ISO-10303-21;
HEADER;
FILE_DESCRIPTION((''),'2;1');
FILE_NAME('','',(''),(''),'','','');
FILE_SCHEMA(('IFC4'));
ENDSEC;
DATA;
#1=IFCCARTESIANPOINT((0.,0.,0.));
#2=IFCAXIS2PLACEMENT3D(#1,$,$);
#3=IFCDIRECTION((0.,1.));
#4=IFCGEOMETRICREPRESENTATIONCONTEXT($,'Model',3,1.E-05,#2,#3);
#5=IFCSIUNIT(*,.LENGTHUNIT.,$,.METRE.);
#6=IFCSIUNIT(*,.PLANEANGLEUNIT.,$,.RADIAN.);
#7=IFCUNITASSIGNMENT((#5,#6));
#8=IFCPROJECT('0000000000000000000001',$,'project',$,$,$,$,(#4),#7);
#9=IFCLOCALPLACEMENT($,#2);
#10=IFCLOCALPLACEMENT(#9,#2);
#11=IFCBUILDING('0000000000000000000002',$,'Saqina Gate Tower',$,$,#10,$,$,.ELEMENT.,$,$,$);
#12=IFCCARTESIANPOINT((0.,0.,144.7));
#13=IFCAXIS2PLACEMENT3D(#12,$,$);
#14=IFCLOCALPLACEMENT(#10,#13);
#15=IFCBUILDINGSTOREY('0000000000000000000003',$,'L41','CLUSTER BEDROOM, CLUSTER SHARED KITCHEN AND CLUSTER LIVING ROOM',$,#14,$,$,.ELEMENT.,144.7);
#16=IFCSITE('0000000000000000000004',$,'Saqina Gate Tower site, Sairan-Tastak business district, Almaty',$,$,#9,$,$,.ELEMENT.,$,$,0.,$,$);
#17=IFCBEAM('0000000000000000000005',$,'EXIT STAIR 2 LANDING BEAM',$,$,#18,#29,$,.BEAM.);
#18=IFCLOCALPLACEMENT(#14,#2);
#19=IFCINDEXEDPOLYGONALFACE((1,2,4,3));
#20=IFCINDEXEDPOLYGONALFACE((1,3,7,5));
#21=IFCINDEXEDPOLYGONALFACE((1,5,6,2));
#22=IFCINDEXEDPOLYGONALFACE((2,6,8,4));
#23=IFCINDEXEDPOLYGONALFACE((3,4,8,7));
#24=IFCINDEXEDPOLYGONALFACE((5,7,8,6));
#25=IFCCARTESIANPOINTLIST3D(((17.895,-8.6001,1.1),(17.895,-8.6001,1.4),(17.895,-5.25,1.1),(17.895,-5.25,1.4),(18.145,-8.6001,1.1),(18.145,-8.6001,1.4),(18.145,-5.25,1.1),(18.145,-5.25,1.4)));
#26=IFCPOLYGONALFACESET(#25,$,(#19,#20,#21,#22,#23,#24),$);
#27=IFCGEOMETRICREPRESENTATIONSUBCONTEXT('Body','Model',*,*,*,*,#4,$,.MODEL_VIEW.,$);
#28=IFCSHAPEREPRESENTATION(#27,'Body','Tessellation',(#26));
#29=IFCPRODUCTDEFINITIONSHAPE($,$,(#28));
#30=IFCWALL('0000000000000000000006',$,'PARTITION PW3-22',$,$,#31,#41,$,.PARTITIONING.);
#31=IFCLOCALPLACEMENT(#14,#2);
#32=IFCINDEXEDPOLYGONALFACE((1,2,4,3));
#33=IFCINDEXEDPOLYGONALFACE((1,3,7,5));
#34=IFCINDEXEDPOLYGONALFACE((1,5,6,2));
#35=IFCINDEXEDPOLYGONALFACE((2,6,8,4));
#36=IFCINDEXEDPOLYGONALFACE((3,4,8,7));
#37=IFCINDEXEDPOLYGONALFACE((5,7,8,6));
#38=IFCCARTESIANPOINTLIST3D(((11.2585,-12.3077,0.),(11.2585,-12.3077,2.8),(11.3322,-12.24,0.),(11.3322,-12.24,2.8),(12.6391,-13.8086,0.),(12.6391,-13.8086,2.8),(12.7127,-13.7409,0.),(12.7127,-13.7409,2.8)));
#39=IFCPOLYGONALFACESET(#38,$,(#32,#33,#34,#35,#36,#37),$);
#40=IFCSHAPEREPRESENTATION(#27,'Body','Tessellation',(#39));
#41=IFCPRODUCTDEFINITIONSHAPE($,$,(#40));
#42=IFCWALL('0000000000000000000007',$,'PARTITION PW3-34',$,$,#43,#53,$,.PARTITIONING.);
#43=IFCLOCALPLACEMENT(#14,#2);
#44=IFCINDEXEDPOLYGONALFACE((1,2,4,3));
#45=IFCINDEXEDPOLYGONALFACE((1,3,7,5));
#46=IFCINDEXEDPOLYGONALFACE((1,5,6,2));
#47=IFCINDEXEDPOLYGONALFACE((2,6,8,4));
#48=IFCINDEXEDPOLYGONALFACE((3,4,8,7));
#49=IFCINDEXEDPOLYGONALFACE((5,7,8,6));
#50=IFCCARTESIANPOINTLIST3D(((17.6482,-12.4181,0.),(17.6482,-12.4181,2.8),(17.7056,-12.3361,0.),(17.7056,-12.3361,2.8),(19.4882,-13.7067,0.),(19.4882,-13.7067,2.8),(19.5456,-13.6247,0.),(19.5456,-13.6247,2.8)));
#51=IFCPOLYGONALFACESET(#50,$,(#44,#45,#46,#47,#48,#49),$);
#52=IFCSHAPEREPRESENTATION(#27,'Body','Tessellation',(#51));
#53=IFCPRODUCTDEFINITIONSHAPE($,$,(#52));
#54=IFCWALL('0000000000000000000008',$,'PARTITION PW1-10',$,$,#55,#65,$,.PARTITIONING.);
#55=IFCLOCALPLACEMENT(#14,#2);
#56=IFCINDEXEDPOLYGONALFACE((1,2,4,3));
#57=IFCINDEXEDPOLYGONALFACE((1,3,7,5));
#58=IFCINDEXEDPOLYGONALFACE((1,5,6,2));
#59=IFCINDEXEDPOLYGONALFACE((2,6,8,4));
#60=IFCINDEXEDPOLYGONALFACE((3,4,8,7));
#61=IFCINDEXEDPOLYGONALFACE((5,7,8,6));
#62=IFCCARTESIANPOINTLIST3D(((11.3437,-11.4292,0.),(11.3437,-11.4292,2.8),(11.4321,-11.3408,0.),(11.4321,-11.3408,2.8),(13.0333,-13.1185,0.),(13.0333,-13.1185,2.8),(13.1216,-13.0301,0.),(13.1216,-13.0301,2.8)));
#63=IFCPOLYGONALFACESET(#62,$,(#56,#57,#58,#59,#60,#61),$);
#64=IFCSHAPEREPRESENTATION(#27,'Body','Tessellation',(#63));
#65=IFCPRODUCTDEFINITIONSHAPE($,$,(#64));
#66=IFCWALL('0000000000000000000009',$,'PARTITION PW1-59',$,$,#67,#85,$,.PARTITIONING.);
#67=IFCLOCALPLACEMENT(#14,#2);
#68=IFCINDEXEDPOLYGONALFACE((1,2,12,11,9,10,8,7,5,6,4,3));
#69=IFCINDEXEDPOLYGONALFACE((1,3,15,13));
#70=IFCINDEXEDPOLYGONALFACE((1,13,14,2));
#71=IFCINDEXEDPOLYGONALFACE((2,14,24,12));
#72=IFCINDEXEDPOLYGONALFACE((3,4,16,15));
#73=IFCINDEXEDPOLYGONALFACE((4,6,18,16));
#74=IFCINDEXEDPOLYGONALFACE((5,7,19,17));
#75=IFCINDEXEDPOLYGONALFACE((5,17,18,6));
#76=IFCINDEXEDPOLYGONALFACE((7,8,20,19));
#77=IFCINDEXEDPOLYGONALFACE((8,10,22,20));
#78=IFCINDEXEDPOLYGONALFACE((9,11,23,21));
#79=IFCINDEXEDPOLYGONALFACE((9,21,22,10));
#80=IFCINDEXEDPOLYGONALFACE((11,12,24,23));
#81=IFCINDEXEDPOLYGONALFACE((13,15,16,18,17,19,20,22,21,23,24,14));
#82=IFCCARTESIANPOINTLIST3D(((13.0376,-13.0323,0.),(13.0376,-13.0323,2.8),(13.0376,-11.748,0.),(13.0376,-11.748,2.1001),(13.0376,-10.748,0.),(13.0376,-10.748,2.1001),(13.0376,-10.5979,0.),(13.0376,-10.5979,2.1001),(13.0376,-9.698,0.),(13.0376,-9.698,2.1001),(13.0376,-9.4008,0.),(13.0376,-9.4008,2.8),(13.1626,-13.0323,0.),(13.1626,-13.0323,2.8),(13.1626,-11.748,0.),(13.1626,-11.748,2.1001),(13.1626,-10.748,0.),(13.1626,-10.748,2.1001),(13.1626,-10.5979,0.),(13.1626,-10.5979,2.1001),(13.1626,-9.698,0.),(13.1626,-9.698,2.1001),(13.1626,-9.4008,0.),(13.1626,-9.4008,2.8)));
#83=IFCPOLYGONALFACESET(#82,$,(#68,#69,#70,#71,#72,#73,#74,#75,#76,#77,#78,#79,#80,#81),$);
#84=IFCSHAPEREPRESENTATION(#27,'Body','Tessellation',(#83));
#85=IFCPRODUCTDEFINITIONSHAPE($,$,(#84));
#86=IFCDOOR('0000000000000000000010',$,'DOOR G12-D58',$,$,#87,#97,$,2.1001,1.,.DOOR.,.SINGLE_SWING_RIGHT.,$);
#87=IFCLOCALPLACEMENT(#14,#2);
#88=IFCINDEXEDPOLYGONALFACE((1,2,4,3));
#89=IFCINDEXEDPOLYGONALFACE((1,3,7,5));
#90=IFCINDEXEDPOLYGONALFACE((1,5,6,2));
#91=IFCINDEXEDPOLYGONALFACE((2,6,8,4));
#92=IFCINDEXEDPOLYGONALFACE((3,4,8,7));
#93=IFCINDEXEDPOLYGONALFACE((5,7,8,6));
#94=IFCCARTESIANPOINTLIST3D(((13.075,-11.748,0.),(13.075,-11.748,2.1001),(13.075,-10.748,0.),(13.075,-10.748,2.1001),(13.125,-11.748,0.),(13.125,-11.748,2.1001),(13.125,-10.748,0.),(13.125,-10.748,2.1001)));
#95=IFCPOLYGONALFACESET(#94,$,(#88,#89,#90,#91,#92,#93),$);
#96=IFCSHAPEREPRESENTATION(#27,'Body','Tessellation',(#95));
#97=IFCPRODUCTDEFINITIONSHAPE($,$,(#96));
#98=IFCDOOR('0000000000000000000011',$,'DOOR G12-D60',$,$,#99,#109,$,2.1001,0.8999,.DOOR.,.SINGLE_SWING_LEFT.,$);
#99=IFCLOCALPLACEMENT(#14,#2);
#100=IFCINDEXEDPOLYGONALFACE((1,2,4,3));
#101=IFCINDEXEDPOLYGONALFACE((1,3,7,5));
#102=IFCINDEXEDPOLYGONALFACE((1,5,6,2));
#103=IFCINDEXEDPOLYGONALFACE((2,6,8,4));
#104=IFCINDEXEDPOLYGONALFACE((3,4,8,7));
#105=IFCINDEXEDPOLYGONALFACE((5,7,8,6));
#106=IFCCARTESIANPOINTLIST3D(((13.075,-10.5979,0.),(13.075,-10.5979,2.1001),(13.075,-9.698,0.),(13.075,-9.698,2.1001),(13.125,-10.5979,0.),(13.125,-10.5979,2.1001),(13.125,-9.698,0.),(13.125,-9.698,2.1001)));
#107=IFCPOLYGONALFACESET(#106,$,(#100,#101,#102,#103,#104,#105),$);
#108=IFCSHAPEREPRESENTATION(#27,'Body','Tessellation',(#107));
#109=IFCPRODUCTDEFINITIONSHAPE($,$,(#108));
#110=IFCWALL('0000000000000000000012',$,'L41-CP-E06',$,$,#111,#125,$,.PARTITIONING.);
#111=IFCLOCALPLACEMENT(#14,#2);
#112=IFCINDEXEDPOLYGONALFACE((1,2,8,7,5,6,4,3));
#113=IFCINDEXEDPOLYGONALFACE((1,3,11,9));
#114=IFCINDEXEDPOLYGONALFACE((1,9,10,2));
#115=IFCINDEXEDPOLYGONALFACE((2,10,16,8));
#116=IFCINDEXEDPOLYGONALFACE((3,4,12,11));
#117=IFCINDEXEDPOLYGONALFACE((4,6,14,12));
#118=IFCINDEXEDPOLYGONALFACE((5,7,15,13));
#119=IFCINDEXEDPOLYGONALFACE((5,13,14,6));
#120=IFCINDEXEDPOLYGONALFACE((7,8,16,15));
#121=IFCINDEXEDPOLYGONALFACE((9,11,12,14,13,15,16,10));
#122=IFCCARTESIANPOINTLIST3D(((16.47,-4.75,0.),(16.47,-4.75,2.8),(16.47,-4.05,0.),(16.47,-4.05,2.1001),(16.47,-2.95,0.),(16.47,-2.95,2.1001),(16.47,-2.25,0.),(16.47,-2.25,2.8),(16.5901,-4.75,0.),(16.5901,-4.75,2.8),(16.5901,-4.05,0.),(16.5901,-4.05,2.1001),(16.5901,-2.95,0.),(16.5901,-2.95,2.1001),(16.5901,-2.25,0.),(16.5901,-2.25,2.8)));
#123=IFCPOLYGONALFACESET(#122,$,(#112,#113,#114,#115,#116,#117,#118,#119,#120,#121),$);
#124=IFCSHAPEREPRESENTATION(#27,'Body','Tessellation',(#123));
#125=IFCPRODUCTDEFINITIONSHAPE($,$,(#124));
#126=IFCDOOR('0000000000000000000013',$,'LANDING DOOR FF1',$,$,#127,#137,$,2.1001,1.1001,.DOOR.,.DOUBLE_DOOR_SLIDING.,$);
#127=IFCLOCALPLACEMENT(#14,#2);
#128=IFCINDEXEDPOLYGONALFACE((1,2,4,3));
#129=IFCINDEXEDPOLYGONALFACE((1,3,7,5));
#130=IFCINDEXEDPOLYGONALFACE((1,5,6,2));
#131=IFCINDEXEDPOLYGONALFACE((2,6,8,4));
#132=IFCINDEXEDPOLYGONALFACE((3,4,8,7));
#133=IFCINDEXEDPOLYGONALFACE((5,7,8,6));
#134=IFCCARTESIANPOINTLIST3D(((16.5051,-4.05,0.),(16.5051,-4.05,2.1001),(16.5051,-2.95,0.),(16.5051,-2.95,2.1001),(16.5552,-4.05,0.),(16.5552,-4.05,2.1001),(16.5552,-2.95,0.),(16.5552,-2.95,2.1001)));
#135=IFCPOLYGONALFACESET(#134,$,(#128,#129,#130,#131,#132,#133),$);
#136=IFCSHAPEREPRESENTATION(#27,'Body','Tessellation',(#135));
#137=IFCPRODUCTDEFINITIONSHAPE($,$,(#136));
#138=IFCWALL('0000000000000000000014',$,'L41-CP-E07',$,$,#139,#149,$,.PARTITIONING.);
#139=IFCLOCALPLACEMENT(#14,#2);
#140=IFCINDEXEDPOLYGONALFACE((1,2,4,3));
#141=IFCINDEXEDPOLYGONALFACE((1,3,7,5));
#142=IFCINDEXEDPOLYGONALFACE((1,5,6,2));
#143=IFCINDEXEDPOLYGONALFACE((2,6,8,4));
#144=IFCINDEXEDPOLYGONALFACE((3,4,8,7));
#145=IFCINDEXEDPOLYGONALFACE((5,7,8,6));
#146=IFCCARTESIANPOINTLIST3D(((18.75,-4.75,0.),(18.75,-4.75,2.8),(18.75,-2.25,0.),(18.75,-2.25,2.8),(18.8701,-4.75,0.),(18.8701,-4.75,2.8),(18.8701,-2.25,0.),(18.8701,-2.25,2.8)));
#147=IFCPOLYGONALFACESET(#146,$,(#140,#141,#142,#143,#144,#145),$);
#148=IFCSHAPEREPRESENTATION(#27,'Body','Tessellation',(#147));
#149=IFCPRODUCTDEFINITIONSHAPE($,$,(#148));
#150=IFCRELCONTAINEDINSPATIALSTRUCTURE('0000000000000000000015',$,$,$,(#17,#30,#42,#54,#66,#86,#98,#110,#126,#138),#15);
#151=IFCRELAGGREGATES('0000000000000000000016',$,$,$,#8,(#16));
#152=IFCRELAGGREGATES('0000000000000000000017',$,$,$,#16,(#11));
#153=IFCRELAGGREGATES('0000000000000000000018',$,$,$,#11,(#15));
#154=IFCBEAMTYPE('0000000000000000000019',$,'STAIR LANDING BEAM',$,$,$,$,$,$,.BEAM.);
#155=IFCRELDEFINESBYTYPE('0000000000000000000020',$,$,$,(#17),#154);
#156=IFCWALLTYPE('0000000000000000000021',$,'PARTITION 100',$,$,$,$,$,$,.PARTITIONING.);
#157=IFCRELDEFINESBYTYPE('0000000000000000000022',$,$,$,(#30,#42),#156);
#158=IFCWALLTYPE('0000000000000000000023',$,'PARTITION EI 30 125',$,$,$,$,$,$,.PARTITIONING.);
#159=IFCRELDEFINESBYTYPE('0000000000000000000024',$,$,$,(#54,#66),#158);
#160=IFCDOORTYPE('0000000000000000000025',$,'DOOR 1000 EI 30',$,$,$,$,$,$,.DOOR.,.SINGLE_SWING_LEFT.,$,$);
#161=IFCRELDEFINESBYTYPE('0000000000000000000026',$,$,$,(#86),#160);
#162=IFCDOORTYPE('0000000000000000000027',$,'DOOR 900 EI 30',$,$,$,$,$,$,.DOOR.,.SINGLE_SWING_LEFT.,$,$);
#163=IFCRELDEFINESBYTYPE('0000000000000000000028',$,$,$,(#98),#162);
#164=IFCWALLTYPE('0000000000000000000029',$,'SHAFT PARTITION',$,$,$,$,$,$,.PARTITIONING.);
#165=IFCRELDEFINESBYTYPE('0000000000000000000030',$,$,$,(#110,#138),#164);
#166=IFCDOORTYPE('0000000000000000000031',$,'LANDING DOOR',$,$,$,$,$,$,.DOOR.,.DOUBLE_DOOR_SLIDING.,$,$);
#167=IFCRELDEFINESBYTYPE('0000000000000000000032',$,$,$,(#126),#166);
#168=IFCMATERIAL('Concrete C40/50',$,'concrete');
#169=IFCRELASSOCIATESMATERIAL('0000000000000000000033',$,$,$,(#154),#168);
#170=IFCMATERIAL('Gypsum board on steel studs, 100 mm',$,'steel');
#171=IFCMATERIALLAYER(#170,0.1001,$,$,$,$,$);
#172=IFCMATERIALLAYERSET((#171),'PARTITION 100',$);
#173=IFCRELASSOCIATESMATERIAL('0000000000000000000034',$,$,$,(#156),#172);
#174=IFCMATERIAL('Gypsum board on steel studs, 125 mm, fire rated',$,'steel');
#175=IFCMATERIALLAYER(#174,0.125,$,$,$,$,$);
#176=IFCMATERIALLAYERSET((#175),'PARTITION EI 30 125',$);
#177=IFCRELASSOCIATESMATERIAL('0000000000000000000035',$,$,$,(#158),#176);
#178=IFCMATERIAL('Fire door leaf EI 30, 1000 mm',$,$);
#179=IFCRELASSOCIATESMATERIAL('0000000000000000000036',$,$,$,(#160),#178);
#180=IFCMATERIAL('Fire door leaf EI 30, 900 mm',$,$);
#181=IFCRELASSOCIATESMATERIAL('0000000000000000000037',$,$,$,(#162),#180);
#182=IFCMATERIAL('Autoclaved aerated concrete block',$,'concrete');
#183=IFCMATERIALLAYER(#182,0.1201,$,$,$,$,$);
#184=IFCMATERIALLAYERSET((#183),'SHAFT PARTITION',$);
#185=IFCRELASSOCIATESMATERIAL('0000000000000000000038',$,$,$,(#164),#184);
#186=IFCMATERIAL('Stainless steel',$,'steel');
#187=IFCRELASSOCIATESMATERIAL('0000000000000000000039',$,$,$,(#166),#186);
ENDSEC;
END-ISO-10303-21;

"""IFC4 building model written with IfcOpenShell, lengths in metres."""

from ifc_helpers import new_model, si_unit, direction, frame, frame_2d, origin, origin_2d, place, context, subcontext, project, spatial, rectangle, extrude, material, layer, layer_set, material_profile, profile_set, type_object, element, fill, save


model = new_model("IFC4")

# Units and contexts
model_context = context("Model", 3, precision=1e-05, world=origin(), true_north=direction((0.0, 1.0)))
body_context = subcontext(model_context, "Body", "Model", "MODEL_VIEW")
ifc_project = project(units=[si_unit("LENGTHUNIT", "METRE"), si_unit("PLANEANGLEUNIT", "RADIAN")], contexts=[model_context])

# Site, building, storey
site_placement = place(None, origin())
site = spatial("IfcSite", under=ifc_project, at=site_placement, Name="Saqina Gate Tower site, Sairan-Tastak business district, Almaty", CompositionType="ELEMENT", RefElevation=0.0)
building_placement = place(site_placement, origin())
building = spatial("IfcBuilding", under=site, at=building_placement, Name="Saqina Gate Tower", CompositionType="ELEMENT")
storey_placement = place(building_placement, frame((0.0, 0.0, 144.7)))
storey = spatial("IfcBuildingStorey", under=building, at=storey_placement, Name="L41", Description="CLUSTER BEDROOM, CLUSTER SHARED KITCHEN AND CLUSTER LIVING ROOM", CompositionType="ELEMENT", Elevation=144.7)

# Beam
ifc_material_1 = material(Name="Concrete C40/50", Category="concrete")
ifc_material_profile = material_profile(ifc_material_1, rectangle(XDim=0.25, YDim=0.3, at=origin_2d()), Name="STAIR LANDING BEAM")
ifc_profile_set = profile_set([ifc_material_profile], Name="Concrete C40/50")
beam_type = type_object("IfcBeamType", Name="STAIR LANDING BEAM", PredefinedType="BEAM", material=ifc_profile_set)
beam_placement = place(storey_placement, frame((18.02, -8.6001, 1.25), z_axis=(0.0, 1.0, 0.0), x_axis=(-1.0, 0.0, 0.0)))
element("IfcBeam", 1, at=beam_placement, inside=storey, type_object=beam_type, Name="EXIT STAIR 2 LANDING BEAM", PredefinedType="BEAM", context=body_context, shape_type="SweptSolid", body=[
    extrude(rectangle(XDim=0.25, YDim=0.3, at=origin_2d()), origin(), (0.0, 0.0, 1.0), 3.3501),
])

# Walls
ifc_material_2 = material(Name="Gypsum board on steel studs, 100 mm", Category="steel")
ifc_layer_1 = layer(ifc_material_2, 0.1001)
ifc_layer_set_1 = layer_set([ifc_layer_1], Name="PARTITION 100")
wall_type_1 = type_object("IfcWallType", Name="PARTITION 100", PredefinedType="PARTITIONING", material=ifc_layer_set_1)
wall_1_placement = place(storey_placement, frame((11.2954, -12.2739, 0.0), z_axis=(0.0, 0.0, 1.0), x_axis=(0.676981, -0.736, 0.0)))
element("IfcWall", 2, at=wall_1_placement, inside=storey, type_object=wall_type_1, Name="PARTITION PW3-22", PredefinedType="PARTITIONING", context=body_context, shape_type="SweptSolid", body=[
    extrude(rectangle(XDim=2.0393, YDim=0.1001, at=frame_2d((1.0195, 0.0))), origin(), (0.0, 0.0, 1.0), 2.8),
])
wall_2_placement = place(storey_placement, frame((17.677, -12.3772, 0.0), z_axis=(0.0, 0.0, 1.0), x_axis=(0.819125, -0.573616, 0.0)))
element("IfcWall", 3, at=wall_2_placement, inside=storey, type_object=wall_type_1, Name="PARTITION PW3-34", PredefinedType="PARTITIONING", context=body_context, shape_type="SweptSolid", body=[
    extrude(rectangle(XDim=2.2463, YDim=0.1001, at=frame_2d((1.123, 0.0))), origin(), (0.0, 0.0, 1.0), 2.8),
])
ifc_material_3 = material(Name="Gypsum board on steel studs, 125 mm, fire rated", Category="steel")
ifc_layer_2 = layer(ifc_material_3, 0.125)
ifc_layer_set_2 = layer_set([ifc_layer_2], Name="PARTITION EI 30 125")
wall_type_2 = type_object("IfcWallType", Name="PARTITION EI 30 125", PredefinedType="PARTITIONING", material=ifc_layer_set_2)
wall_3_placement = place(storey_placement, frame((11.3879, -11.385, 0.0), z_axis=(0.0, 0.0, 1.0), x_axis=(0.707158, -0.707056, 0.0)))
element("IfcWall", 4, at=wall_3_placement, inside=storey, type_object=wall_type_2, Name="PARTITION PW1-10", PredefinedType="PARTITIONING", context=body_context, shape_type="SweptSolid", body=[
    extrude(rectangle(XDim=2.3892, YDim=0.125, at=frame_2d((1.1946, 0.0))), origin(), (0.0, 0.0, 1.0), 2.8),
])

# Wall, openings, doors
wall_4_placement = place(storey_placement, frame((13.1001, -13.0325, 0.0), z_axis=(0.0, 0.0, 1.0), x_axis=(0.0, 1.0, 0.0)))
wall_4 = element("IfcWall", 5, at=wall_4_placement, inside=storey, type_object=wall_type_2, Name="PARTITION PW1-59", PredefinedType="PARTITIONING", context=body_context, shape_type="SweptSolid", body=[
    extrude(rectangle(XDim=3.6316, YDim=0.125, at=frame_2d((1.8159, 0.0))), origin(), (0.0, 0.0, 1.0), 2.8),
])
opening_1_placement = place(wall_4_placement, frame((1.2844, 0.0, 0.0)))
opening_1 = element("IfcOpeningElement", 6, at=opening_1_placement, cuts=wall_4, PredefinedType="OPENING", context=body_context, shape_type="SweptSolid", body=[
    extrude(rectangle(XDim=1.0, YDim=2.1001, at=frame_2d((0.5, 1.05))), frame((0.0, 0.0745, 0.0), z_axis=(0.0, -1.0, 0.0), x_axis=(1.0, 0.0, 0.0)), (0.0, 0.0, 1.0), 0.1489),
])
opening_2_placement = place(wall_4_placement, frame((2.4346, 0.0, 0.0)))
opening_2 = element("IfcOpeningElement", 7, at=opening_2_placement, cuts=wall_4, PredefinedType="OPENING", context=body_context, shape_type="SweptSolid", body=[
    extrude(rectangle(XDim=0.8999, YDim=2.1001, at=frame_2d((0.45, 1.05))), frame((0.0, 0.0745, 0.0), z_axis=(0.0, -1.0, 0.0), x_axis=(1.0, 0.0, 0.0)), (0.0, 0.0, 1.0), 0.1489),
])
ifc_material_4 = material(Name="Fire door leaf EI 30, 1000 mm")
door_type_1 = type_object("IfcDoorType", Name="DOOR 1000 EI 30", OperationType="SINGLE_SWING_LEFT", PredefinedType="DOOR", material=ifc_material_4)
door_1_placement = place(opening_1_placement, frame((1.0, 0.0, 0.0), z_axis=(0.0, 0.0, 1.0), x_axis=(-1.0, 0.0, 0.0)))
door_1 = element("IfcDoor", 8, at=door_1_placement, inside=storey, type_object=door_type_1, Name="DOOR G12-D58", OperationType="SINGLE_SWING_RIGHT", OverallHeight=2.1001, OverallWidth=1.0, PredefinedType="DOOR", context=body_context, shape_type="SweptSolid", body=[
    extrude(rectangle(XDim=1.0, YDim=2.1001, at=frame_2d((0.5, 1.05))), frame((0.0, 0.0249, 0.0), z_axis=(0.0, -1.0, 0.0), x_axis=(1.0, 0.0, 0.0)), (0.0, 0.0, 1.0), 0.05),
])
fill(opening_1, door_1)
ifc_material_5 = material(Name="Fire door leaf EI 30, 900 mm")
door_type_2 = type_object("IfcDoorType", Name="DOOR 900 EI 30", OperationType="SINGLE_SWING_LEFT", PredefinedType="DOOR", material=ifc_material_5)
door_2_placement = place(opening_2_placement, frame((0.8999, 0.0, 0.0), z_axis=(0.0, 0.0, 1.0), x_axis=(-1.0, 0.0, 0.0)))
door_2 = element("IfcDoor", 9, at=door_2_placement, inside=storey, type_object=door_type_2, Name="DOOR G12-D60", OperationType="SINGLE_SWING_LEFT", OverallHeight=2.1001, OverallWidth=0.8999, PredefinedType="DOOR", context=body_context, shape_type="SweptSolid", body=[
    extrude(rectangle(XDim=0.8999, YDim=2.1001, at=frame_2d((0.45, 1.05))), frame((0.0, 0.0249, 0.0), z_axis=(0.0, -1.0, 0.0), x_axis=(1.0, 0.0, 0.0)), (0.0, 0.0, 1.0), 0.05),
])
fill(opening_2, door_2)

# Wall, opening, door
ifc_material_6 = material(Name="Autoclaved aerated concrete block", Category="concrete")
ifc_layer_3 = layer(ifc_material_6, 0.1201)
ifc_layer_set_3 = layer_set([ifc_layer_3], Name="SHAFT PARTITION")
wall_type_3 = type_object("IfcWallType", Name="SHAFT PARTITION", PredefinedType="PARTITIONING", material=ifc_layer_set_3)
wall_5_placement = place(storey_placement, frame((16.53, -4.75, 0.0), z_axis=(0.0, 0.0, 1.0), x_axis=(0.0, 1.0, 0.0)))
wall_5 = element("IfcWall", 10, at=wall_5_placement, inside=storey, type_object=wall_type_3, Name="L41-CP-E06", PredefinedType="PARTITIONING", context=body_context, shape_type="SweptSolid", body=[
    extrude(rectangle(XDim=2.5, YDim=0.1201, at=frame_2d((1.25, 0.0))), origin(), (0.0, 0.0, 1.0), 2.8),
])
opening_3_placement = place(wall_5_placement, frame((0.7, 0.0, 0.0)))
opening_3 = element("IfcOpeningElement", 11, at=opening_3_placement, cuts=wall_5, PredefinedType="OPENING", context=body_context, shape_type="SweptSolid", body=[
    extrude(rectangle(XDim=1.1001, YDim=2.1001, at=frame_2d((0.55, 1.05))), frame((0.0, 0.072, 0.0), z_axis=(0.0, -1.0, 0.0), x_axis=(1.0, 0.0, 0.0)), (0.0, 0.0, 1.0), 0.144),
])
ifc_material_7 = material(Name="Stainless steel", Category="steel")
door_type_3 = type_object("IfcDoorType", Name="LANDING DOOR", OperationType="DOUBLE_DOOR_SLIDING", PredefinedType="DOOR", material=ifc_material_7)
door_3_placement = place(opening_3_placement, origin())
door_3 = element("IfcDoor", 12, at=door_3_placement, inside=storey, type_object=door_type_3, Name="LANDING DOOR FF1", OperationType="DOUBLE_DOOR_SLIDING", OverallHeight=2.1001, OverallWidth=1.1001, PredefinedType="DOOR", context=body_context, shape_type="SweptSolid", body=[
    extrude(rectangle(XDim=1.1001, YDim=2.1001, at=frame_2d((0.55, 1.05))), frame((0.0, 0.0249, 0.0), z_axis=(0.0, -1.0, 0.0), x_axis=(1.0, 0.0, 0.0)), (0.0, 0.0, 1.0), 0.05),
])
fill(opening_3, door_3)

# Wall
wall_6_placement = place(storey_placement, frame((18.8101, -4.75, 0.0), z_axis=(0.0, 0.0, 1.0), x_axis=(0.0, 1.0, 0.0)))
element("IfcWall", 13, at=wall_6_placement, inside=storey, type_object=wall_type_3, Name="L41-CP-E07", PredefinedType="PARTITIONING", context=body_context, shape_type="SweptSolid", body=[
    extrude(rectangle(XDim=2.5, YDim=0.1201, at=frame_2d((1.25, 0.0))), origin(), (0.0, 0.0, 1.0), 2.8),
])

save(model, "model.ifc")
